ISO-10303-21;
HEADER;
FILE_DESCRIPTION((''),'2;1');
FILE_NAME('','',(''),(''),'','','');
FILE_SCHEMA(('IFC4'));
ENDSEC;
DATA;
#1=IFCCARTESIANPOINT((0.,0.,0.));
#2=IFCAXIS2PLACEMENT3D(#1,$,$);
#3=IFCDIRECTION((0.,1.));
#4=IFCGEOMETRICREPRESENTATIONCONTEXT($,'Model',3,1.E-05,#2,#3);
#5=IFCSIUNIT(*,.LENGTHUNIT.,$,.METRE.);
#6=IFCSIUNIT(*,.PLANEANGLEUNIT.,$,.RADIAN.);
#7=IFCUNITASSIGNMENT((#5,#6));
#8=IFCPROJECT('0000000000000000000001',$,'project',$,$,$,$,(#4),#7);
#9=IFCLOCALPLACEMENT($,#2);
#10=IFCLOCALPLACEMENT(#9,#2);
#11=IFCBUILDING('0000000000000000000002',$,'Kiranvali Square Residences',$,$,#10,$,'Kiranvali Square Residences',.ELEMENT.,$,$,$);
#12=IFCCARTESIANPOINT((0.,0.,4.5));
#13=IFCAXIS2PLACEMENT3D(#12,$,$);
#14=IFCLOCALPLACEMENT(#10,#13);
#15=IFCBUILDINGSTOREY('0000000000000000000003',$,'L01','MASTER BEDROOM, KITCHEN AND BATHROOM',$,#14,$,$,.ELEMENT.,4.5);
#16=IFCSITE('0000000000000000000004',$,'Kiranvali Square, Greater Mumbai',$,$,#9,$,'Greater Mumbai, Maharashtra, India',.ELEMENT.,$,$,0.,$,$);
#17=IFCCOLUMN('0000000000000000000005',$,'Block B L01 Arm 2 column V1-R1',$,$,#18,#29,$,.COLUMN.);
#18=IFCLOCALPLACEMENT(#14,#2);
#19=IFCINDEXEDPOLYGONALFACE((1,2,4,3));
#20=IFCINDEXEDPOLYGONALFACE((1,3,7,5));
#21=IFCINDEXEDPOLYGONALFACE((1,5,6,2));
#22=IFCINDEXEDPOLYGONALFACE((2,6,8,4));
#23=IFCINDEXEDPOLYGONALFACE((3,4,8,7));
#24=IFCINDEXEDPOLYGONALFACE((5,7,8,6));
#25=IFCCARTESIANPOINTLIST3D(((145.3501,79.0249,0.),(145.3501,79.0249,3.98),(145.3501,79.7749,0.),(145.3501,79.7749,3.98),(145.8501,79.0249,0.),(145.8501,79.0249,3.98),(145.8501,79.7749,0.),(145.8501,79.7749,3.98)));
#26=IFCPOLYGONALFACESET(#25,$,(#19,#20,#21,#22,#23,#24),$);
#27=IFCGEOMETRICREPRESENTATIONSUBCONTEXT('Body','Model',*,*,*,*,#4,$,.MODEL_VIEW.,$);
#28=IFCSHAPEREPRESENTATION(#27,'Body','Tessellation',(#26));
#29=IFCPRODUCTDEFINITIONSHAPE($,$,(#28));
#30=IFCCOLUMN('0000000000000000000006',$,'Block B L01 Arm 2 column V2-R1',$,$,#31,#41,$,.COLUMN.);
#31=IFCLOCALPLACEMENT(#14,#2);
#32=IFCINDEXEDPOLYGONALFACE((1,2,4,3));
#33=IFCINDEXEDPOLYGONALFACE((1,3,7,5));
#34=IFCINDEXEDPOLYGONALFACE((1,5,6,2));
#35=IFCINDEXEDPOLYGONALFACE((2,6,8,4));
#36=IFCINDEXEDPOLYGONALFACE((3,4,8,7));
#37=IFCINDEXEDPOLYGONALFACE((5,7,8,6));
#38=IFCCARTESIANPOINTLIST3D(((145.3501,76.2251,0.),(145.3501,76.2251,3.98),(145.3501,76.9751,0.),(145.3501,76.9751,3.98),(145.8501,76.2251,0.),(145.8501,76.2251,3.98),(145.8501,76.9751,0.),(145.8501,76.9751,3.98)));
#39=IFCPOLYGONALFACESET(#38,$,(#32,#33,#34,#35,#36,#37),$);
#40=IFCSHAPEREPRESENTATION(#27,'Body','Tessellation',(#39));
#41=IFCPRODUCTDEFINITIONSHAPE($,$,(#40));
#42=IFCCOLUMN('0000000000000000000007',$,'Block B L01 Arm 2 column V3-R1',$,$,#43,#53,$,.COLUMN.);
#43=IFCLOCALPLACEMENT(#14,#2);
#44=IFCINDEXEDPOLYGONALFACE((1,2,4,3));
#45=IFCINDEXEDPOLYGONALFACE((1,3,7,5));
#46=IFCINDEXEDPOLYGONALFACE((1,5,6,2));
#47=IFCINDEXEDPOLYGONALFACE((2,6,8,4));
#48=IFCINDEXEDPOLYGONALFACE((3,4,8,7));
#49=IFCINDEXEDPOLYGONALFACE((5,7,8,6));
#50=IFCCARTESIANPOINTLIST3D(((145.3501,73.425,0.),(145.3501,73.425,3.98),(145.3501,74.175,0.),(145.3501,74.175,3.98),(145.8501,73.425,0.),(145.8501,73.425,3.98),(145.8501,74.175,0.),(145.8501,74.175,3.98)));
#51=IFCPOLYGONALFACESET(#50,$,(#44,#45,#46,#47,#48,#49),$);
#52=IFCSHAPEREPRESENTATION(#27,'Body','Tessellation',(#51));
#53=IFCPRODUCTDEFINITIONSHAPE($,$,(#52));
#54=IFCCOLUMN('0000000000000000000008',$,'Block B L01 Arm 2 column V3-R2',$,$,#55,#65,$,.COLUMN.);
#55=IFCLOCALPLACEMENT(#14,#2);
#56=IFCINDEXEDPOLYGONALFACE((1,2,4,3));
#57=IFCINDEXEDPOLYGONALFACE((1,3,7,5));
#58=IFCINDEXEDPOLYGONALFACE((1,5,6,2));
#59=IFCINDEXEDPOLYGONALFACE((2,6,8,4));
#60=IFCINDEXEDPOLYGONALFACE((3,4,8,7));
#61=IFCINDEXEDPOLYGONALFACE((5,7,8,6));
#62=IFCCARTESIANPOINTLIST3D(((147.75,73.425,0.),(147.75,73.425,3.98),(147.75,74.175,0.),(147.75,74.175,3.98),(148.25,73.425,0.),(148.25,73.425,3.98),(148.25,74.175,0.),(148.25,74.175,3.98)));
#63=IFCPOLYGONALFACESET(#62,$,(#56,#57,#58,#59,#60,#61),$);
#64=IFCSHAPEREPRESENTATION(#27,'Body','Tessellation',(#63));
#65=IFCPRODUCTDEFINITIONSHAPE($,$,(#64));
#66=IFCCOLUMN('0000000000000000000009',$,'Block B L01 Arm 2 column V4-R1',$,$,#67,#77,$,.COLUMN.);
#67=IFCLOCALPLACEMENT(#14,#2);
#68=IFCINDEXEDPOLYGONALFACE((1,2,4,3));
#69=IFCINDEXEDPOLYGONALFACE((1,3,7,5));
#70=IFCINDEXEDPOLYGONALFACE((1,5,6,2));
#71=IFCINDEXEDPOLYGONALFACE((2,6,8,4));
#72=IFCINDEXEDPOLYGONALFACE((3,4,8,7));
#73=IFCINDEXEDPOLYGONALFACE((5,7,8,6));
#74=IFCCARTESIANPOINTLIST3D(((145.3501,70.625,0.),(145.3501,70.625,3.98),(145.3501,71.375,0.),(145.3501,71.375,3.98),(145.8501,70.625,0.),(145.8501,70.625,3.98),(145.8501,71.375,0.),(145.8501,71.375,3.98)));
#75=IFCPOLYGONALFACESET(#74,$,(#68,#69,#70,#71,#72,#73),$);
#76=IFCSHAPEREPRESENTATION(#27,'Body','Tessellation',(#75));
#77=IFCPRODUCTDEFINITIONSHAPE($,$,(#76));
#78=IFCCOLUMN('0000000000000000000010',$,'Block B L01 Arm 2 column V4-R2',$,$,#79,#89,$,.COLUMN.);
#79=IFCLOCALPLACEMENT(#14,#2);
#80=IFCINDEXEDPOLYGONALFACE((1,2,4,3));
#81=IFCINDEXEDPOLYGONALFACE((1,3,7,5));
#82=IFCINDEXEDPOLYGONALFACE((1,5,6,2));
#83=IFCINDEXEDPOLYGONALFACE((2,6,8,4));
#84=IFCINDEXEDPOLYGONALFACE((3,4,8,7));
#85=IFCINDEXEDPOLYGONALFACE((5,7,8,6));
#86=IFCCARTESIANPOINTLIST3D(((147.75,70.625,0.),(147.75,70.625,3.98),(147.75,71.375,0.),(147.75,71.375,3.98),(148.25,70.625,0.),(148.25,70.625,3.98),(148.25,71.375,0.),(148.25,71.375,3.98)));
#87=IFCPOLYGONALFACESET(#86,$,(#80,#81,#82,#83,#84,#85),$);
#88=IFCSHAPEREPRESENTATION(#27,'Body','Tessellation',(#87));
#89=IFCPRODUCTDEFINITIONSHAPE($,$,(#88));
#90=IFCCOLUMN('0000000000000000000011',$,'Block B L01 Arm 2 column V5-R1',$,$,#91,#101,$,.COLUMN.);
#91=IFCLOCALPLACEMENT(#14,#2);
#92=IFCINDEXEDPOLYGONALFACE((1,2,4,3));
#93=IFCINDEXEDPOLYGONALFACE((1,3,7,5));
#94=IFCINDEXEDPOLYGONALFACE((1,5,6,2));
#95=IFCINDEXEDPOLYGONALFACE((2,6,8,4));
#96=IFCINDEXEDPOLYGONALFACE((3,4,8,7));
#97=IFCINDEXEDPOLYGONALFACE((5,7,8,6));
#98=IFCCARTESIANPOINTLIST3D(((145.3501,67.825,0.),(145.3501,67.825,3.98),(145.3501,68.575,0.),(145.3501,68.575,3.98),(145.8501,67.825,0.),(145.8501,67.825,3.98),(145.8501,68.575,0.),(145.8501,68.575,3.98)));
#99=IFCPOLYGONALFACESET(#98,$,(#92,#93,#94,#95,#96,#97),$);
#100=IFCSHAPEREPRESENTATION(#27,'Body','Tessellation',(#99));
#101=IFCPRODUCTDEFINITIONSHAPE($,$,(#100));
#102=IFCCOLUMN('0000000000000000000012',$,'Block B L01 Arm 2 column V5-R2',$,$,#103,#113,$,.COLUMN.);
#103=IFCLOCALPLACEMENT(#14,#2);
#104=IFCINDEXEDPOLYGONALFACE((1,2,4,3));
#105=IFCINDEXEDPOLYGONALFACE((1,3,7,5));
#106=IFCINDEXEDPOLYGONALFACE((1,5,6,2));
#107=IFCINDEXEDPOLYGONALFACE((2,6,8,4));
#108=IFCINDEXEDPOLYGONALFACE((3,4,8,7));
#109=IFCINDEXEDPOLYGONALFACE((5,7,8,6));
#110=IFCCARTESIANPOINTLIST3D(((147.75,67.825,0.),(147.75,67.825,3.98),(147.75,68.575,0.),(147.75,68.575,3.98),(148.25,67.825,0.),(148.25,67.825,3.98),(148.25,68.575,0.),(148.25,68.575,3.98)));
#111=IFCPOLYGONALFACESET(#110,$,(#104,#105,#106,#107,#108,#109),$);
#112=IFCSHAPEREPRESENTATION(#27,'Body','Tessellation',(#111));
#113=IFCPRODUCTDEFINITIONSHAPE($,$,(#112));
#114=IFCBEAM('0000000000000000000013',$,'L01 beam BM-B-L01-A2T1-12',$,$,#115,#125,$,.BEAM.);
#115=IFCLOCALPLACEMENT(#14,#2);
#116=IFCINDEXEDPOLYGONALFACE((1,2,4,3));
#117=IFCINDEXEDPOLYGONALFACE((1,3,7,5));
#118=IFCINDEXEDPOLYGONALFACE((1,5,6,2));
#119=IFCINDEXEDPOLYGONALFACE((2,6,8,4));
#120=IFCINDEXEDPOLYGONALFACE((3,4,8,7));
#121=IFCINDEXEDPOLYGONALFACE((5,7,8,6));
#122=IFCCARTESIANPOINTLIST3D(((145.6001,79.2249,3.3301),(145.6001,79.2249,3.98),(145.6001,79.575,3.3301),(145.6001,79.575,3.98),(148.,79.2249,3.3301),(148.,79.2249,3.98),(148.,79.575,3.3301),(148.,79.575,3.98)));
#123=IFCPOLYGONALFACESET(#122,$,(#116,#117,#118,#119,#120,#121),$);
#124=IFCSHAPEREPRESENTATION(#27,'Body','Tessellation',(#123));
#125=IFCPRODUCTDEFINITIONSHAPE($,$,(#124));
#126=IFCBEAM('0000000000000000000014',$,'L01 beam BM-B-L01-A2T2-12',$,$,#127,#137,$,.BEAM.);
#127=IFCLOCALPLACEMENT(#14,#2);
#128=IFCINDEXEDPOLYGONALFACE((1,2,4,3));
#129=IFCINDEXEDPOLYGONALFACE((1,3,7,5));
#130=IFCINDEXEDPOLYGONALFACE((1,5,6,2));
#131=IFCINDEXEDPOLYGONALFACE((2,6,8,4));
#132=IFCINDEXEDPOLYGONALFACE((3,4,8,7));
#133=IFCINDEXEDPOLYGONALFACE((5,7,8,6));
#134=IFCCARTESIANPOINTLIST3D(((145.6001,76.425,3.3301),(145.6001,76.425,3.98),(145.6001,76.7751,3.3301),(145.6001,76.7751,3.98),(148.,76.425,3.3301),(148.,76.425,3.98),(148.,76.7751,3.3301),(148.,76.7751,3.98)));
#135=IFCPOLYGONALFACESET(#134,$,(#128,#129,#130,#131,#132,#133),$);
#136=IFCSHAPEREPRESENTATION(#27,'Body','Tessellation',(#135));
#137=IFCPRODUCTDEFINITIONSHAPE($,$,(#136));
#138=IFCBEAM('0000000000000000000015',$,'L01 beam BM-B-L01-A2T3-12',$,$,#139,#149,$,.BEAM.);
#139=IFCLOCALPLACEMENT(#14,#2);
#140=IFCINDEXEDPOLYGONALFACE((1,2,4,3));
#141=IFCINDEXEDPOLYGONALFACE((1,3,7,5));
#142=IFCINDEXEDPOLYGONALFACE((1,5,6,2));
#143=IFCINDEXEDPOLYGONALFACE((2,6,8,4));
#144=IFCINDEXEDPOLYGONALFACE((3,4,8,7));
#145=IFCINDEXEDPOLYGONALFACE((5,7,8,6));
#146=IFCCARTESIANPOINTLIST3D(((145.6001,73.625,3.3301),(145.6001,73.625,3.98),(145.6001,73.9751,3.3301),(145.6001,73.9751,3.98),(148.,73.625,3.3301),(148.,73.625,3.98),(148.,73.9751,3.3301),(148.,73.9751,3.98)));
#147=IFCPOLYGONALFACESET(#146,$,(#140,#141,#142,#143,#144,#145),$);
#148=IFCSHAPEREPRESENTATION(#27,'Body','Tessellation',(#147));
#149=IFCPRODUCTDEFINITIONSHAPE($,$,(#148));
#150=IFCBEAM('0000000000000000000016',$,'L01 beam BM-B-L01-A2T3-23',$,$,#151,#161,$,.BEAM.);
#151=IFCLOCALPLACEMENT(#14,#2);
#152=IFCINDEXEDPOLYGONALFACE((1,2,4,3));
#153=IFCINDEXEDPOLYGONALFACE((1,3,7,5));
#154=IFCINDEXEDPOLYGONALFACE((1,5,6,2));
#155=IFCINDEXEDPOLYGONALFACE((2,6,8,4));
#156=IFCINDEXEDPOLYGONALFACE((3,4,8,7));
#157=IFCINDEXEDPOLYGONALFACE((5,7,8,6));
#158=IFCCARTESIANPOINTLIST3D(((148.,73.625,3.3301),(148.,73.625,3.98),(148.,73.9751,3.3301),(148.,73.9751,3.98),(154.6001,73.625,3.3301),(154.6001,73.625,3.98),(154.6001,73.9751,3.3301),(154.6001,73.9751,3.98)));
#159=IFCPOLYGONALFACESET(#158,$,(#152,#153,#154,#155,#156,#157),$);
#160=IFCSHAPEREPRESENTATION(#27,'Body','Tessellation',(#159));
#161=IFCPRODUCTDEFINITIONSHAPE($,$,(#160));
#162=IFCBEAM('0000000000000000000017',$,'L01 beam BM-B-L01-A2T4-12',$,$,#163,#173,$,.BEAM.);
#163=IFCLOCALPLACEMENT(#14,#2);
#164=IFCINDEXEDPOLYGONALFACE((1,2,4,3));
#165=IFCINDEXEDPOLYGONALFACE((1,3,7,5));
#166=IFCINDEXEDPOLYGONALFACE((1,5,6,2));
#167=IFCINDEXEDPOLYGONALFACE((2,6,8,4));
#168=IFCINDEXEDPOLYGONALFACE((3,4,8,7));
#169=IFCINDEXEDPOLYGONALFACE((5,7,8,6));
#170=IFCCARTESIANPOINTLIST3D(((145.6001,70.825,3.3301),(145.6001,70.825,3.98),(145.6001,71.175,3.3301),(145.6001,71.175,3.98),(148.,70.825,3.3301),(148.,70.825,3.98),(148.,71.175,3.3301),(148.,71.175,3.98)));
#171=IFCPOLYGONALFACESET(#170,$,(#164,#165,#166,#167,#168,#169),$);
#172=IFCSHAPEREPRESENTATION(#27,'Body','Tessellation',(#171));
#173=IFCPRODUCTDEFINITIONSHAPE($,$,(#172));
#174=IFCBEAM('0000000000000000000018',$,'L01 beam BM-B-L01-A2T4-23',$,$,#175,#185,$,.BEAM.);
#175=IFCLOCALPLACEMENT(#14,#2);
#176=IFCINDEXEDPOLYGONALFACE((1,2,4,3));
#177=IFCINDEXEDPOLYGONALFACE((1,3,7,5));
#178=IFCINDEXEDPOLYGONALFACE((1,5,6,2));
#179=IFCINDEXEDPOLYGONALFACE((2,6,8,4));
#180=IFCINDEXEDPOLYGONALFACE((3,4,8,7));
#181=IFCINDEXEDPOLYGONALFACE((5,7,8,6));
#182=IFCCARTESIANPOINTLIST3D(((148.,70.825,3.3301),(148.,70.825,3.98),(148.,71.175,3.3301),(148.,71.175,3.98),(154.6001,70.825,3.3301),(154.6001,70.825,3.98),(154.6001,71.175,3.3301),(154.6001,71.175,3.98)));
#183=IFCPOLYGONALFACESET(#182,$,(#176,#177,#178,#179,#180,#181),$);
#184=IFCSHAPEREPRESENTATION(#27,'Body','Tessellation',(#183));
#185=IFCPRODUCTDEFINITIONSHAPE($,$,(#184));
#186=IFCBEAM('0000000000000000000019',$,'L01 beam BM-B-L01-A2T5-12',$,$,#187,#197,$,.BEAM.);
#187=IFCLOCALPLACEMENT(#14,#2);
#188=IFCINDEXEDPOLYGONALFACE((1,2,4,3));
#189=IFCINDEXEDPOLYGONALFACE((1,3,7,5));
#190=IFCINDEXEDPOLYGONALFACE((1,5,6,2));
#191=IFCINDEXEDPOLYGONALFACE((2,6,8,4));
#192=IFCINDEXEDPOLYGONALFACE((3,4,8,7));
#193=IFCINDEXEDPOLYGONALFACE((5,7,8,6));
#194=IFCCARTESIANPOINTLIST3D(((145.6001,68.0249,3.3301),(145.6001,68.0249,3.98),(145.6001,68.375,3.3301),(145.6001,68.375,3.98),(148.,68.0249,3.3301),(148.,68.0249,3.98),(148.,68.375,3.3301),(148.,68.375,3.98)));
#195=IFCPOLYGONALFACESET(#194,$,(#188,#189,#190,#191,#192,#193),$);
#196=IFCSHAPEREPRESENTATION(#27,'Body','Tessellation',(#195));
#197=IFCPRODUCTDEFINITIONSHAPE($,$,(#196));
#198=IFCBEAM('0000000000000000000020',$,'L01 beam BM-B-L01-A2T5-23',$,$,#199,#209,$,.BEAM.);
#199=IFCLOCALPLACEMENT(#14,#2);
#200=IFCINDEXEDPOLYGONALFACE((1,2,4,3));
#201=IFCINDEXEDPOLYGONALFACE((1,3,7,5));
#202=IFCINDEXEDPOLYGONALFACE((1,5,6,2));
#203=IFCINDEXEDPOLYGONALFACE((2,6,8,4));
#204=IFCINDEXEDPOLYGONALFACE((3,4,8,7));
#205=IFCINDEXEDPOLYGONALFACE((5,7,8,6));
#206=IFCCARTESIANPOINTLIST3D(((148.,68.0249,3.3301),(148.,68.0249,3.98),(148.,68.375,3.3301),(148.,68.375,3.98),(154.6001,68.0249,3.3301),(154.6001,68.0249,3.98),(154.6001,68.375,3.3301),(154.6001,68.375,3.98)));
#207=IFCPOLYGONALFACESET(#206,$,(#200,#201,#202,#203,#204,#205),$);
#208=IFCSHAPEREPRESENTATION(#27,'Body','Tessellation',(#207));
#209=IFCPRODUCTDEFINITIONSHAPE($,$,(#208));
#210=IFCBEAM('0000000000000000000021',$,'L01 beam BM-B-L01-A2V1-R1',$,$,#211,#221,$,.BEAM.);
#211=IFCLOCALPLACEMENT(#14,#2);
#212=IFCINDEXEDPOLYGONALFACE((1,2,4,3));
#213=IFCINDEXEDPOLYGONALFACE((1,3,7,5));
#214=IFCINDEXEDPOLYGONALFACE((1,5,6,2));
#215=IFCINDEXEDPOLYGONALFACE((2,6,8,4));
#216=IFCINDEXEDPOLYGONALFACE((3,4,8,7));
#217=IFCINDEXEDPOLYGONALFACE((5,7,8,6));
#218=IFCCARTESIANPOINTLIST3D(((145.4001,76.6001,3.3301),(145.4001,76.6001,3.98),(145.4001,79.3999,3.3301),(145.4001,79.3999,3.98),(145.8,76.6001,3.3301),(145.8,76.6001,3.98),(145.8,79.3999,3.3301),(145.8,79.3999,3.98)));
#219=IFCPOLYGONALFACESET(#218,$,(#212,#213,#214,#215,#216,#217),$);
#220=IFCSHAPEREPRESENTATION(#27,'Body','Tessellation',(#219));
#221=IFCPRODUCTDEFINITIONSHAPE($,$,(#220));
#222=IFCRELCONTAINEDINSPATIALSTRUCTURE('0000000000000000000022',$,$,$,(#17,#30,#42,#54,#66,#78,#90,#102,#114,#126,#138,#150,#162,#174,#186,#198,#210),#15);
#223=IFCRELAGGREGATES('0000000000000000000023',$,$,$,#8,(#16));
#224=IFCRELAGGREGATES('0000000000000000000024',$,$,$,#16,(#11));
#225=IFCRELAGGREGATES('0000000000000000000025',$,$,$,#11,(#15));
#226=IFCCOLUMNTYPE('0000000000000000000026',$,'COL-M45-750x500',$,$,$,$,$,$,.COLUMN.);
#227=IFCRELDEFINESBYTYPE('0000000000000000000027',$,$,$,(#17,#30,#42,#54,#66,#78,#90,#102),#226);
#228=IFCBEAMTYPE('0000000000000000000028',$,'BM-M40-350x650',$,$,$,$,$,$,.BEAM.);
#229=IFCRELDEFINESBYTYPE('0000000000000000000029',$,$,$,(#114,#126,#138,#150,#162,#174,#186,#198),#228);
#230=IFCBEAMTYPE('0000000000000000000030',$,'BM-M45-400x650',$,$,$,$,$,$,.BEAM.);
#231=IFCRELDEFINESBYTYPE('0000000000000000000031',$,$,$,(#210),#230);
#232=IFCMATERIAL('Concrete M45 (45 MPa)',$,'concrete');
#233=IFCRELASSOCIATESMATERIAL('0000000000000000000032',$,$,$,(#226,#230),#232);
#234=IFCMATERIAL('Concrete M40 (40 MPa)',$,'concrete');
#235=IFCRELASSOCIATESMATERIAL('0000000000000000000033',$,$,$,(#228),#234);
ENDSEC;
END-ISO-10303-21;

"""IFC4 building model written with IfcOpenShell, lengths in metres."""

from ifc_helpers import new_model, si_unit, direction, frame, origin, origin_2d, place, context, subcontext, project, spatial, rectangle, extrude, material, material_profile, profile_set, type_object, element, save


model = new_model("IFC4")

# Units and contexts
model_context = context("Model", 3, precision=1e-05, world=origin(), true_north=direction((0.0, 1.0)))
body_context = subcontext(model_context, "Body", "Model", "MODEL_VIEW")
ifc_project = project(units=[si_unit("LENGTHUNIT", "METRE"), si_unit("PLANEANGLEUNIT", "RADIAN")], contexts=[model_context])

# Site, building, storey
site_placement = place(None, origin())
site = spatial("IfcSite", under=ifc_project, at=site_placement, Name="Kiranvali Square, Greater Mumbai", LongName="Greater Mumbai, Maharashtra, India", CompositionType="ELEMENT", RefElevation=0.0)
building_placement = place(site_placement, origin())
building = spatial("IfcBuilding", under=site, at=building_placement, Name="Kiranvali Square Residences", LongName="Kiranvali Square Residences", CompositionType="ELEMENT")
storey_placement = place(building_placement, frame((0.0, 0.0, 4.5)))
storey = spatial("IfcBuildingStorey", under=building, at=storey_placement, Name="L01", Description="MASTER BEDROOM, KITCHEN AND BATHROOM", CompositionType="ELEMENT", Elevation=4.5)

# Columns
ifc_material_1 = material(Name="Concrete M45 (45 MPa)", Category="concrete")
ifc_material_profile_1 = material_profile(ifc_material_1, rectangle(XDim=0.5, YDim=0.75, at=origin_2d()), Name="RC 750x500")
ifc_profile_set_1 = profile_set([ifc_material_profile_1], Name="Concrete M45 (45 MPa)")
column_type = type_object("IfcColumnType", Name="COL-M45-750x500", PredefinedType="COLUMN", material=ifc_profile_set_1)
for number, where, z_axis, x_axis, name in (
    (1, (145.6001, 79.3999, 0.0), (0.0, 0.0, 1.0), (1.0, 0.0, 0.0), "Block B L01 Arm 2 column V1-R1"),
    (2, (145.6001, 76.6001, 0.0), (0.0, 0.0, 1.0), (1.0, 0.0, 0.0), "Block B L01 Arm 2 column V2-R1"),
    (3, (145.6001, 73.8, 0.0), (0.0, 0.0, 1.0), (1.0, 0.0, 0.0), "Block B L01 Arm 2 column V3-R1"),
    (4, (148.0, 73.8, 0.0), (0.0, 0.0, 1.0), (1.0, 0.0, 0.0), "Block B L01 Arm 2 column V3-R2"),
    (5, (145.6001, 71.0, 0.0), (0.0, 0.0, 1.0), (1.0, 0.0, 0.0), "Block B L01 Arm 2 column V4-R1"),
    (6, (148.0, 71.0, 0.0), (0.0, 0.0, 1.0), (1.0, 0.0, 0.0), "Block B L01 Arm 2 column V4-R2"),
    (7, (145.6001, 68.2, 0.0), (0.0, 0.0, 1.0), (1.0, 0.0, 0.0), "Block B L01 Arm 2 column V5-R1"),
    (8, (148.0, 68.2, 0.0), (0.0, 0.0, 1.0), (1.0, 0.0, 0.0), "Block B L01 Arm 2 column V5-R2"),
):
    element("IfcColumn", number, at=place(storey_placement, frame(where, z_axis=z_axis, x_axis=x_axis)), inside=storey, type_object=column_type, Name=name, PredefinedType="COLUMN", context=body_context, shape_type="SweptSolid", body=[
        extrude(rectangle(XDim=0.5, YDim=0.75, at=origin_2d()), origin(), (0.0, 0.0, 1.0), 3.98),
    ])

# Beams
ifc_material_2 = material(Name="Concrete M40 (40 MPa)", Category="concrete")
ifc_material_profile_2 = material_profile(ifc_material_2, rectangle(XDim=0.3501, YDim=0.6499, at=origin_2d()), Name="RC 350x650")
ifc_profile_set_2 = profile_set([ifc_material_profile_2], Name="Concrete M40 (40 MPa)")
beam_type_1 = type_object("IfcBeamType", Name="BM-M40-350x650", PredefinedType="BEAM", material=ifc_profile_set_2)
for number, where, z_axis, x_axis, name in (
    (9, (145.6001, 79.3999, 3.655), (1.0, 0.0, 0.0), (0.0, 1.0, 0.0), "L01 beam BM-B-L01-A2T1-12"),
    (10, (145.6001, 76.6001, 3.655), (1.0, 0.0, 0.0), (0.0, 1.0, 0.0), "L01 beam BM-B-L01-A2T2-12"),
    (11, (145.6001, 73.8, 3.655), (1.0, 0.0, 0.0), (0.0, 1.0, 0.0), "L01 beam BM-B-L01-A2T3-12"),
):
    element("IfcBeam", number, at=place(storey_placement, frame(where, z_axis=z_axis, x_axis=x_axis)), inside=storey, type_object=beam_type_1, Name=name, PredefinedType="BEAM", context=body_context, shape_type="SweptSolid", body=[
        extrude(rectangle(XDim=0.3501, YDim=0.6499, at=origin_2d()), origin(), (0.0, 0.0, 1.0), 2.3999),
    ])
beam_1_placement = place(storey_placement, frame((148.0, 73.8, 3.655), z_axis=(1.0, 0.0, 0.0), x_axis=(0.0, 1.0, 0.0)))
element("IfcBeam", 12, at=beam_1_placement, inside=storey, type_object=beam_type_1, Name="L01 beam BM-B-L01-A2T3-23", PredefinedType="BEAM", context=body_context, shape_type="SweptSolid", body=[
    extrude(rectangle(XDim=0.3501, YDim=0.6499, at=origin_2d()), origin(), (0.0, 0.0, 1.0), 6.6001),
])
beam_2_placement = place(storey_placement, frame((145.6001, 71.0, 3.655), z_axis=(1.0, 0.0, 0.0), x_axis=(0.0, 1.0, 0.0)))
element("IfcBeam", 13, at=beam_2_placement, inside=storey, type_object=beam_type_1, Name="L01 beam BM-B-L01-A2T4-12", PredefinedType="BEAM", context=body_context, shape_type="SweptSolid", body=[
    extrude(rectangle(XDim=0.3501, YDim=0.6499, at=origin_2d()), origin(), (0.0, 0.0, 1.0), 2.3999),
])
beam_3_placement = place(storey_placement, frame((148.0, 71.0, 3.655), z_axis=(1.0, 0.0, 0.0), x_axis=(0.0, 1.0, 0.0)))
element("IfcBeam", 14, at=beam_3_placement, inside=storey, type_object=beam_type_1, Name="L01 beam BM-B-L01-A2T4-23", PredefinedType="BEAM", context=body_context, shape_type="SweptSolid", body=[
    extrude(rectangle(XDim=0.3501, YDim=0.6499, at=origin_2d()), origin(), (0.0, 0.0, 1.0), 6.6001),
])
beam_4_placement = place(storey_placement, frame((145.6001, 68.2, 3.655), z_axis=(1.0, 0.0, 0.0), x_axis=(0.0, 1.0, 0.0)))
element("IfcBeam", 15, at=beam_4_placement, inside=storey, type_object=beam_type_1, Name="L01 beam BM-B-L01-A2T5-12", PredefinedType="BEAM", context=body_context, shape_type="SweptSolid", body=[
    extrude(rectangle(XDim=0.3501, YDim=0.6499, at=origin_2d()), origin(), (0.0, 0.0, 1.0), 2.3999),
])
beam_5_placement = place(storey_placement, frame((148.0, 68.2, 3.655), z_axis=(1.0, 0.0, 0.0), x_axis=(0.0, 1.0, 0.0)))
element("IfcBeam", 16, at=beam_5_placement, inside=storey, type_object=beam_type_1, Name="L01 beam BM-B-L01-A2T5-23", PredefinedType="BEAM", context=body_context, shape_type="SweptSolid", body=[
    extrude(rectangle(XDim=0.3501, YDim=0.6499, at=origin_2d()), origin(), (0.0, 0.0, 1.0), 6.6001),
])
ifc_material_profile_3 = material_profile(ifc_material_1, rectangle(XDim=0.3999, YDim=0.6499, at=origin_2d()), Name="RC 400x650")
ifc_profile_set_3 = profile_set([ifc_material_profile_3], Name="Concrete M45 (45 MPa)")
beam_type_2 = type_object("IfcBeamType", Name="BM-M45-400x650", PredefinedType="BEAM", material=ifc_profile_set_3)
beam_6_placement = place(storey_placement, frame((145.6001, 79.3999, 3.655), z_axis=(0.0, -1.0, 0.0), x_axis=(1.0, 0.0, 0.0)))
element("IfcBeam", 17, at=beam_6_placement, inside=storey, type_object=beam_type_2, Name="L01 beam BM-B-L01-A2V1-R1", PredefinedType="BEAM", context=body_context, shape_type="SweptSolid", body=[
    extrude(rectangle(XDim=0.3999, YDim=0.6499, at=origin_2d()), origin(), (0.0, 0.0, 1.0), 2.7998),
])

save(model, "model.ifc")
